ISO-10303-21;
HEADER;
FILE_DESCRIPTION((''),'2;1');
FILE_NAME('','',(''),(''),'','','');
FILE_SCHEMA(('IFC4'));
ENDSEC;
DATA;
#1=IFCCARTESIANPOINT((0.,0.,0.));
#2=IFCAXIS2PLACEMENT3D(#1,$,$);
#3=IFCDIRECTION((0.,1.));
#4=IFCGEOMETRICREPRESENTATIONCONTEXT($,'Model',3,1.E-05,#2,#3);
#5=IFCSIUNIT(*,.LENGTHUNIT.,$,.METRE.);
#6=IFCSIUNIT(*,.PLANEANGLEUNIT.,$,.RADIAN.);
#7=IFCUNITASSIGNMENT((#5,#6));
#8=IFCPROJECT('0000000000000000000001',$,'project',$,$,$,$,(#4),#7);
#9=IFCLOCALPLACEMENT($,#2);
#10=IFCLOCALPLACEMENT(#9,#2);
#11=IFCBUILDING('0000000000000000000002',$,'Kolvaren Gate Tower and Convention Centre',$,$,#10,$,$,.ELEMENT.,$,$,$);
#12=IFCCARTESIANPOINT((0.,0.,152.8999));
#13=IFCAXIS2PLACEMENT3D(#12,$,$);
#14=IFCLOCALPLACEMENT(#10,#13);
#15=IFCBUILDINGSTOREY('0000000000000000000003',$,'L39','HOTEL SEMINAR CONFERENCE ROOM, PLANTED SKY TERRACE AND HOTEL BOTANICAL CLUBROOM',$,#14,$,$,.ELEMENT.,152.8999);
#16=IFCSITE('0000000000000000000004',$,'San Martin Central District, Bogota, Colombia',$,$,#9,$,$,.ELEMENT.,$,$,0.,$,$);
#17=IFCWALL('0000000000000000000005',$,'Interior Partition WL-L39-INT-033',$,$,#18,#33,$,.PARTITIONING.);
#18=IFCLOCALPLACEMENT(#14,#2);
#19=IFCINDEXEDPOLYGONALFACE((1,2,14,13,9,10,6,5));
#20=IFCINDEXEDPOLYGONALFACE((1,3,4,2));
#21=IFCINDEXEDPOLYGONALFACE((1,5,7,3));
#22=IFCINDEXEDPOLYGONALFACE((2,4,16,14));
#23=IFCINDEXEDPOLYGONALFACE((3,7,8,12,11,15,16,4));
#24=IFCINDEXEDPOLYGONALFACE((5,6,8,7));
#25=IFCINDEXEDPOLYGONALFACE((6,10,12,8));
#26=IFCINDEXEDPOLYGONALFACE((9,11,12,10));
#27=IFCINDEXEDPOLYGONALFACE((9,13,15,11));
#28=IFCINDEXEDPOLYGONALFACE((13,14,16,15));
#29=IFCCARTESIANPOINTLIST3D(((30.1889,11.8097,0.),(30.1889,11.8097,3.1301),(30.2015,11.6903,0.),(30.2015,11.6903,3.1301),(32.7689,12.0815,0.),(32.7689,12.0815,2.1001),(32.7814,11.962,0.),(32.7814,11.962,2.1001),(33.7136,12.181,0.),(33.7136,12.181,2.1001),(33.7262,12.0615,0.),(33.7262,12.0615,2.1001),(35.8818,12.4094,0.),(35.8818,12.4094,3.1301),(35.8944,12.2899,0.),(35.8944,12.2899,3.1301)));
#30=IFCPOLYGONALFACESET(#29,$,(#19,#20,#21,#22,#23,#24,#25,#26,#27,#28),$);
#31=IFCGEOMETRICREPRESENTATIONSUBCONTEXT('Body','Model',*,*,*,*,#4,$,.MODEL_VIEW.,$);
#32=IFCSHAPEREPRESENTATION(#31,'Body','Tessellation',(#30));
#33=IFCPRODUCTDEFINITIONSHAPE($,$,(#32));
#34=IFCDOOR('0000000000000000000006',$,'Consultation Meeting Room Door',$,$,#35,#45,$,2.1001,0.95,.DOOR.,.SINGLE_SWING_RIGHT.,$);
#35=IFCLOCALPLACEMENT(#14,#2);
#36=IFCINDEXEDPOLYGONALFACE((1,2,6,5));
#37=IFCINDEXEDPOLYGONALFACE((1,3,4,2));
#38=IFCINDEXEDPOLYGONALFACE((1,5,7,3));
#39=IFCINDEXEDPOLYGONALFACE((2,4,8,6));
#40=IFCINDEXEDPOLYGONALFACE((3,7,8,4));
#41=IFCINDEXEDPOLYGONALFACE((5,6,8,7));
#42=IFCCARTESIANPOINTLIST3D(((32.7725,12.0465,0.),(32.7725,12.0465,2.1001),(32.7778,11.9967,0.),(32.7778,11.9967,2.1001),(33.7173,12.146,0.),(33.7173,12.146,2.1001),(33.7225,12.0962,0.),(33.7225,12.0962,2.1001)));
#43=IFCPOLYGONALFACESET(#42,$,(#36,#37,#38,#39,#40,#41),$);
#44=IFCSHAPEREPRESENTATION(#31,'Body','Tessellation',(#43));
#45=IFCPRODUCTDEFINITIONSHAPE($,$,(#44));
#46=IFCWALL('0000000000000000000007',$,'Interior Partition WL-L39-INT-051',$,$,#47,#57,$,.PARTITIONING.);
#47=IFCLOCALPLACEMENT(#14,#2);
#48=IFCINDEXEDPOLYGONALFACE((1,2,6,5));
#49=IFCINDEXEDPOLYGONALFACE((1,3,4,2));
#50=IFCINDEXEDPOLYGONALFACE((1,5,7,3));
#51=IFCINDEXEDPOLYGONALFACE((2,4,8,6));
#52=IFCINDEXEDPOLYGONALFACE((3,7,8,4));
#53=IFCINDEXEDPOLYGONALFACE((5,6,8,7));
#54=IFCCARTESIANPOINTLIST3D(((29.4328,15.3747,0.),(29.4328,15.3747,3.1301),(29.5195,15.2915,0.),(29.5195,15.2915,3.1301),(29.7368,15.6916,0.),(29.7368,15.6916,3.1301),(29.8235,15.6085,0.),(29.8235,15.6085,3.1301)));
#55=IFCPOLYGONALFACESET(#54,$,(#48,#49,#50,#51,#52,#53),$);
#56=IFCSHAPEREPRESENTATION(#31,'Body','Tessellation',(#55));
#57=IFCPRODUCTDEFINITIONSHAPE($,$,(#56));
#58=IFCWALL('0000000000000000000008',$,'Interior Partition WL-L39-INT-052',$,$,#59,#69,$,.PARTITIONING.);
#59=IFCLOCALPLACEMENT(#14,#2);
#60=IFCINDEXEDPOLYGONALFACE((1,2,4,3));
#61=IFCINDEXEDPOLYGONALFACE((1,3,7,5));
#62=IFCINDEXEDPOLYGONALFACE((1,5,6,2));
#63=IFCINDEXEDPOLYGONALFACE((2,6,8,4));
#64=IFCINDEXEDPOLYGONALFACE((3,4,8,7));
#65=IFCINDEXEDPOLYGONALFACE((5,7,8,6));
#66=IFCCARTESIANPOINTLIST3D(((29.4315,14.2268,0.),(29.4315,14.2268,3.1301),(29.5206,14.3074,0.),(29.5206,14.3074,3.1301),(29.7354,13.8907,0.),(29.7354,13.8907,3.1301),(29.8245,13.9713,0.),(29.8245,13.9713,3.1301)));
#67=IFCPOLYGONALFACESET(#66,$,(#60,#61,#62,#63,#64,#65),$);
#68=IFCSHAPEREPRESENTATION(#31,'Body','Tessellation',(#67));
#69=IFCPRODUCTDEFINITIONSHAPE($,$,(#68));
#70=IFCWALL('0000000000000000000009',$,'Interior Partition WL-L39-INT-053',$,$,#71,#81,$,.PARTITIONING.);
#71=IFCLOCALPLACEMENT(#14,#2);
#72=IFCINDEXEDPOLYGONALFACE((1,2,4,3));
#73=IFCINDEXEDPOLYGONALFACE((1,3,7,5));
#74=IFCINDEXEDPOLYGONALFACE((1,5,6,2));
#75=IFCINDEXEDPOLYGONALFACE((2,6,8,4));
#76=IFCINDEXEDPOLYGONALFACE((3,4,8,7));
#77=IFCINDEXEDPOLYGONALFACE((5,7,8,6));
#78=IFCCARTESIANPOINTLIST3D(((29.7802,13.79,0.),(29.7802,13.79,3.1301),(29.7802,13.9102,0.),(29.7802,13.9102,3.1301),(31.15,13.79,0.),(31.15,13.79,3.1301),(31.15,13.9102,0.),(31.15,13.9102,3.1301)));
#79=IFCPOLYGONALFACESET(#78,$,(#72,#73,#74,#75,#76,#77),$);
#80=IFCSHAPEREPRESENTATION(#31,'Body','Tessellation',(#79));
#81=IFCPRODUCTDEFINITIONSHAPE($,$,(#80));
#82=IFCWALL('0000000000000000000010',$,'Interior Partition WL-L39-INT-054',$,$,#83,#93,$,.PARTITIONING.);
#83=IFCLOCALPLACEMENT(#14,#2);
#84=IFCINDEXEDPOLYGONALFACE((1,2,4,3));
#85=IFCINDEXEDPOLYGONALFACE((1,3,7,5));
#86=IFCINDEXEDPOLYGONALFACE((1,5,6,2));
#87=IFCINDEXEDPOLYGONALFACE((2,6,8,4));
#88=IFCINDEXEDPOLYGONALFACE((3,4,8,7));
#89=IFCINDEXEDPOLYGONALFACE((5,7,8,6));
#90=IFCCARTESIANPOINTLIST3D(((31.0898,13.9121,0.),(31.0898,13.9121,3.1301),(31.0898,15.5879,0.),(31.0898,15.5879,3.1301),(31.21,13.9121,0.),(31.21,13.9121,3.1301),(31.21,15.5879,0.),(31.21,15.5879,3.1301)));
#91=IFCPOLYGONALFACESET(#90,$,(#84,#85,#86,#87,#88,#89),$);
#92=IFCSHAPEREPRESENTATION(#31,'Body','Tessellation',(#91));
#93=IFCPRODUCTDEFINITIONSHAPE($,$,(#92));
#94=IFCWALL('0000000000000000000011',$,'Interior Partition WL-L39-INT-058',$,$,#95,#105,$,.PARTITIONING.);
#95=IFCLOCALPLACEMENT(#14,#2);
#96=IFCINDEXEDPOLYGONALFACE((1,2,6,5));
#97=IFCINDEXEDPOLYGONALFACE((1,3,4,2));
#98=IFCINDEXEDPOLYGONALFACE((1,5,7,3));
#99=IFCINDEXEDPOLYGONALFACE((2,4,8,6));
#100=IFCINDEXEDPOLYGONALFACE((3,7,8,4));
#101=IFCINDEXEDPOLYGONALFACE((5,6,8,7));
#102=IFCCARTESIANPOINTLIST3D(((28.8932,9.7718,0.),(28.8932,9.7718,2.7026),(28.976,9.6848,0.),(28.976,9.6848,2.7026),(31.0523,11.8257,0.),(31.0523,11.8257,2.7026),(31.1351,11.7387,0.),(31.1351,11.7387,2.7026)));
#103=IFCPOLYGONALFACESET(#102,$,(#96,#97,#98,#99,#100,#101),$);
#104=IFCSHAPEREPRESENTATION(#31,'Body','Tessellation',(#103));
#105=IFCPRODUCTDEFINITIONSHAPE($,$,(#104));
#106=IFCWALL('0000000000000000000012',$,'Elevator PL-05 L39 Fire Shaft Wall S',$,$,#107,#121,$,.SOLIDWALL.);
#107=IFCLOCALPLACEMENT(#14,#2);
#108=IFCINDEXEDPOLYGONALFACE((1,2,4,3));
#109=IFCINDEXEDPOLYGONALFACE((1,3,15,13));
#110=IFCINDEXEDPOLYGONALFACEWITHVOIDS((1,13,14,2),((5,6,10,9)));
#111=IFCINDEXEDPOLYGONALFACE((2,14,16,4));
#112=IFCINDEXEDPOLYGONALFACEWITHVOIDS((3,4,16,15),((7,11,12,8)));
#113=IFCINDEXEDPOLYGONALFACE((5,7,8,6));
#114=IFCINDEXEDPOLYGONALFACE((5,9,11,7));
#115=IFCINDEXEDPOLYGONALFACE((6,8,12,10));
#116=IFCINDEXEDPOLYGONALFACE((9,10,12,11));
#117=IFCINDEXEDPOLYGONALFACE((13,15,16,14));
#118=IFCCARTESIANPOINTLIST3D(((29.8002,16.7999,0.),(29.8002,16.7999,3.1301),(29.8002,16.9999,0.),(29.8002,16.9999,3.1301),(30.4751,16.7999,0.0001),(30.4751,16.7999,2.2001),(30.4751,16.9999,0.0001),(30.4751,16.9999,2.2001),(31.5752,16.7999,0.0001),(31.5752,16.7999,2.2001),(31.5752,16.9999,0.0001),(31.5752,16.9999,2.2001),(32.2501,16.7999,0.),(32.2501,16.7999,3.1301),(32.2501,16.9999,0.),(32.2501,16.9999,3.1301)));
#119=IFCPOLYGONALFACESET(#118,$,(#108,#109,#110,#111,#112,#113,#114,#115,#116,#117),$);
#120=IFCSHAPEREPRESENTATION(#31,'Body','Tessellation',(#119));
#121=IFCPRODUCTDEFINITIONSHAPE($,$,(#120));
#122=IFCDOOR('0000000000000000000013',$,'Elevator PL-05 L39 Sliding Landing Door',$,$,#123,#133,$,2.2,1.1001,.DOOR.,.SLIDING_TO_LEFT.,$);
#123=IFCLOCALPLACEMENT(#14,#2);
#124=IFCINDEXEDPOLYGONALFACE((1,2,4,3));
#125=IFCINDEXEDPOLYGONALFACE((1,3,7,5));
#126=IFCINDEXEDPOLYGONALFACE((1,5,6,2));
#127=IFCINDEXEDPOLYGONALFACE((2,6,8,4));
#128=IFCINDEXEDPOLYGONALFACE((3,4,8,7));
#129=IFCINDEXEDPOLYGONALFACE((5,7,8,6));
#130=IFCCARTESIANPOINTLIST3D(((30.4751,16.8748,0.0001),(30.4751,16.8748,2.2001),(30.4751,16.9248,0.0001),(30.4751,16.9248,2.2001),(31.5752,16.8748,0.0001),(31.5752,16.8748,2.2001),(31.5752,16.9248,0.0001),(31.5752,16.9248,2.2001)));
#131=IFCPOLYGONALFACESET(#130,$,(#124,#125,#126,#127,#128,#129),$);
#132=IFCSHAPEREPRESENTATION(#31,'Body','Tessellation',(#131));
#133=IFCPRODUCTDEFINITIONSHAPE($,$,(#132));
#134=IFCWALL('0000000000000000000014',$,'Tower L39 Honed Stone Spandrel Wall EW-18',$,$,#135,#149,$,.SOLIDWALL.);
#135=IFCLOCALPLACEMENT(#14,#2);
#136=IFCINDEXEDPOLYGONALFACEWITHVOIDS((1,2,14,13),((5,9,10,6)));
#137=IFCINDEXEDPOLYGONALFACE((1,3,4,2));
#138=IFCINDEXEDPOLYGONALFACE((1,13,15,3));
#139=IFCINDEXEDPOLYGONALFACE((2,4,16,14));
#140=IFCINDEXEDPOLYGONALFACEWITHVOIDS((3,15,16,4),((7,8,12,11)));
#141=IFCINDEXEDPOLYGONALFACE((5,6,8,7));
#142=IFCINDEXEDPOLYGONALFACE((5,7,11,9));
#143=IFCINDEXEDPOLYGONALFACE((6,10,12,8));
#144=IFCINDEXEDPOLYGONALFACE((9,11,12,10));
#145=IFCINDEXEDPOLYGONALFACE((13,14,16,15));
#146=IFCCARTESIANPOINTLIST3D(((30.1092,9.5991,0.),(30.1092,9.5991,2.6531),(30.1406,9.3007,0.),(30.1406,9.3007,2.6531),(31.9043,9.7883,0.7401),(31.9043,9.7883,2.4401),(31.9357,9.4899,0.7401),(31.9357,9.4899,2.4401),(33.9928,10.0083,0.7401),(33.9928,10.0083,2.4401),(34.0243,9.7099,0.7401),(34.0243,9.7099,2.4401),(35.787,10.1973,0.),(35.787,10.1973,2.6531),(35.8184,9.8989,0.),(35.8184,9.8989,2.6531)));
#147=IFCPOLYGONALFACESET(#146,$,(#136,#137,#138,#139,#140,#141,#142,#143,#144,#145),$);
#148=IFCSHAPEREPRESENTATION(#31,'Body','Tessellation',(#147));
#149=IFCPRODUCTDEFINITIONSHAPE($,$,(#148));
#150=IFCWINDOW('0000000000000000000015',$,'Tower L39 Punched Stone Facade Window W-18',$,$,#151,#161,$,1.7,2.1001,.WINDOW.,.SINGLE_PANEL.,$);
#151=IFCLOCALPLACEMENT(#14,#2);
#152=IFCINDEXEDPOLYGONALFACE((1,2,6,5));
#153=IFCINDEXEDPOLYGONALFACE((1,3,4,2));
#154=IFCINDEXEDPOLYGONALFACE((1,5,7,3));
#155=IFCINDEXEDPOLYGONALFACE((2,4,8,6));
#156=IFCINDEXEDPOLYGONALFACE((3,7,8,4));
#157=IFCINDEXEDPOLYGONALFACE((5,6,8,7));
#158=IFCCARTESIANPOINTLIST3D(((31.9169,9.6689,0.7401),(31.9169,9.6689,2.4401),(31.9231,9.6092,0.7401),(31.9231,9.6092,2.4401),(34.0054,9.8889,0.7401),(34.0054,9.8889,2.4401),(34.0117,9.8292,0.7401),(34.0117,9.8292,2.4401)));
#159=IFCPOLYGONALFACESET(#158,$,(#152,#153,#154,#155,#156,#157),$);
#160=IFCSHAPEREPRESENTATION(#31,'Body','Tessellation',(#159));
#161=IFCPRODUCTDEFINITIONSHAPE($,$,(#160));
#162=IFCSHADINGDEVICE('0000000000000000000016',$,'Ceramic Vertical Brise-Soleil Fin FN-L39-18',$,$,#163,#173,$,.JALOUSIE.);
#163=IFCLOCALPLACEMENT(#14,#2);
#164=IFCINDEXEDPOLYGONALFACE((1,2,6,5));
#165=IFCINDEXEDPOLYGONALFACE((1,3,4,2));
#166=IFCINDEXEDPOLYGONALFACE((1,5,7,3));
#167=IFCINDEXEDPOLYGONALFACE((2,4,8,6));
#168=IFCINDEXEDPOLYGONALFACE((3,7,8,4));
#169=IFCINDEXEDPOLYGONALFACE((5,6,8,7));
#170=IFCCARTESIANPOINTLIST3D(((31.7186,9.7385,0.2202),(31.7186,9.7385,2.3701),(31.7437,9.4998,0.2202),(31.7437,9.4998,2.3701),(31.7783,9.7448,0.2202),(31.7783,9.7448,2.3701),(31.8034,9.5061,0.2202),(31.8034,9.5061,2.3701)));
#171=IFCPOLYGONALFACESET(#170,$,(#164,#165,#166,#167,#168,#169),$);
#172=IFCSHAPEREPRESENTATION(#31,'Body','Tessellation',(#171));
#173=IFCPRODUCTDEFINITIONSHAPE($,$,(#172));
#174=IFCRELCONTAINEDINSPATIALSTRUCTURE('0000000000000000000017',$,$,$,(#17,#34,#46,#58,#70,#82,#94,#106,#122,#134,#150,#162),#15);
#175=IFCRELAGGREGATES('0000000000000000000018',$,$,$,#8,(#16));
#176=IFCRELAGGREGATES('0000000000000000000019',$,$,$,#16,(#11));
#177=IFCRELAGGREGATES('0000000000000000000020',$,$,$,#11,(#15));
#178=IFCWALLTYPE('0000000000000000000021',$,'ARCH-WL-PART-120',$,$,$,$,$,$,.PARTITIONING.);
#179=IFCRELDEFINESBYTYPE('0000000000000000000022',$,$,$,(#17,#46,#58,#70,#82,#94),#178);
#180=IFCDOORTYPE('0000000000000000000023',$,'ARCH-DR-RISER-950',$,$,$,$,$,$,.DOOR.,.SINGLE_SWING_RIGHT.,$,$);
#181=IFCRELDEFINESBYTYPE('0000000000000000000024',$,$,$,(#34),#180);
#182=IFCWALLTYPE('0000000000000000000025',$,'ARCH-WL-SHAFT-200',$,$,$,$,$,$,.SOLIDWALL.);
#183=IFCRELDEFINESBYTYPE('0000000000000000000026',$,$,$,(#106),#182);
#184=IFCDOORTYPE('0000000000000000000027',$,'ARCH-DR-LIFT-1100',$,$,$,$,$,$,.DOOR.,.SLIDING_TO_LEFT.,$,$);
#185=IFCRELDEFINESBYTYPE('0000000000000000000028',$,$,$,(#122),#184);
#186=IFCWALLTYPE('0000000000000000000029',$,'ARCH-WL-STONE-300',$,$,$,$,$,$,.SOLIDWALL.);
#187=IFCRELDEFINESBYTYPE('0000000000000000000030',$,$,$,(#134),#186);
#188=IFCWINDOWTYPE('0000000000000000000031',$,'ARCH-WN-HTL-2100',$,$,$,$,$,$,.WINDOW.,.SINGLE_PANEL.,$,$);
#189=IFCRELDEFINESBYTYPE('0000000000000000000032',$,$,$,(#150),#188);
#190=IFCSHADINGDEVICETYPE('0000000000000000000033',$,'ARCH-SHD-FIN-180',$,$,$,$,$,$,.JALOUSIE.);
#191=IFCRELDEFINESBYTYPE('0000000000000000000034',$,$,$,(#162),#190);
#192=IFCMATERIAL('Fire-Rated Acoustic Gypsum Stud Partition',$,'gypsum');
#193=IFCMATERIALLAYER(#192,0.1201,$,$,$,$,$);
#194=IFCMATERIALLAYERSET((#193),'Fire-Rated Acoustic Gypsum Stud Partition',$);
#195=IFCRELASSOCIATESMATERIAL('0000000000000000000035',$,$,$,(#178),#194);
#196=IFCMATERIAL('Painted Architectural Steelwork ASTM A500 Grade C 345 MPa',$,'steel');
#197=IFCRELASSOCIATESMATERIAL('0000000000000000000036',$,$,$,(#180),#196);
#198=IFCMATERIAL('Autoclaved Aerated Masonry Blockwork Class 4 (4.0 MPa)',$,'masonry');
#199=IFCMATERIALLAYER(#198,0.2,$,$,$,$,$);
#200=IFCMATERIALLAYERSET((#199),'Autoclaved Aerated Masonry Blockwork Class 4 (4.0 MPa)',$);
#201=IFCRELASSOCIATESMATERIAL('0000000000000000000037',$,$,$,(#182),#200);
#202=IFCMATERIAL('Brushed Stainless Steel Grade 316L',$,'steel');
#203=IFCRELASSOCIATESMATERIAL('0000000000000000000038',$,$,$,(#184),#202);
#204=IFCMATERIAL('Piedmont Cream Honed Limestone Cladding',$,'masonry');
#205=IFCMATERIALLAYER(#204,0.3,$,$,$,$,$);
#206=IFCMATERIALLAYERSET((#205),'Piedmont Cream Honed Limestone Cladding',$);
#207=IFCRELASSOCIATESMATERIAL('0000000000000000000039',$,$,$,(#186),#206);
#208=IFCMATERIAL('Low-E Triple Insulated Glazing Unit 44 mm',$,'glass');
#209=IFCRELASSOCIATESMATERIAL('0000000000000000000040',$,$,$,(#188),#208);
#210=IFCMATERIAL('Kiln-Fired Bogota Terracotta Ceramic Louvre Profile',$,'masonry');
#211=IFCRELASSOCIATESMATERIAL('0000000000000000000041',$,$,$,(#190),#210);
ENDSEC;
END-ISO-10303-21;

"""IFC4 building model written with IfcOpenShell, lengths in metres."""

from ifc_helpers import new_model, si_unit, direction, frame, frame_2d, origin, origin_2d, place, context, subcontext, project, spatial, rectangle, extrude, material, layer, layer_set, type_object, element, fill, save


model = new_model("IFC4")

# Units and contexts
model_context = context("Model", 3, precision=1e-05, world=origin(), true_north=direction((0.0, 1.0)))
body_context = subcontext(model_context, "Body", "Model", "MODEL_VIEW")
ifc_project = project(units=[si_unit("LENGTHUNIT", "METRE"), si_unit("PLANEANGLEUNIT", "RADIAN")], contexts=[model_context])

# Site, building, storey
site_placement = place(None, origin())
site = spatial("IfcSite", under=ifc_project, at=site_placement, Name="San Martin Central District, Bogota, Colombia", CompositionType="ELEMENT", RefElevation=0.0)
building_placement = place(site_placement, origin())
building = spatial("IfcBuilding", under=site, at=building_placement, Name="Kolvaren Gate Tower and Convention Centre", CompositionType="ELEMENT")
storey_placement = place(building_placement, frame((0.0, 0.0, 152.8999)))
storey = spatial("IfcBuildingStorey", under=building, at=storey_placement, Name="L39", Description="HOTEL SEMINAR CONFERENCE ROOM, PLANTED SKY TERRACE AND HOTEL BOTANICAL CLUBROOM", CompositionType="ELEMENT", Elevation=152.8999)

# Shared definitions
ifc_material_1 = material(Name="Fire-Rated Acoustic Gypsum Stud Partition", Category="gypsum")
ifc_layer_1 = layer(ifc_material_1, 0.1201)
ifc_layer_set_1 = layer_set([ifc_layer_1], Name="Fire-Rated Acoustic Gypsum Stud Partition")
wall_type_1 = type_object("IfcWallType", Name="ARCH-WL-PART-120", PredefinedType="PARTITIONING", material=ifc_layer_set_1)

# Wall, opening, door
wall_1_placement = place(storey_placement, frame((30.1951, 11.75, 0.0), z_axis=(0.0, 0.0, 1.0), x_axis=(0.994499, 0.104747, 0.0)))
wall_1 = element("IfcWall", 1, at=wall_1_placement, inside=storey, type_object=wall_type_1, Name="Interior Partition WL-L39-INT-033", PredefinedType="PARTITIONING", context=body_context, shape_type="SweptSolid", body=[
    extrude(rectangle(XDim=5.7244, YDim=0.1201, at=frame_2d((2.8623, 0.0))), origin(), (0.0, 0.0, 1.0), 3.1301),
])
opening_1_placement = place(wall_1_placement, frame((2.5942, 0.0, 0.0)))
opening_1 = element("IfcOpeningElement", 2, at=opening_1_placement, cuts=wall_1, PredefinedType="OPENING", context=body_context, shape_type="SweptSolid", body=[
    extrude(rectangle(XDim=0.95, YDim=2.1001, at=frame_2d((0.4751, 1.05))), frame((0.0, 0.0701, 0.0), z_axis=(0.0, -1.0, 0.0), x_axis=(1.0, 0.0, 0.0)), (0.0, 0.0, 1.0), 0.1401),
])
ifc_material_2 = material(Name="Painted Architectural Steelwork ASTM A500 Grade C 345 MPa", Category="steel")
door_type_1 = type_object("IfcDoorType", Name="ARCH-DR-RISER-950", OperationType="SINGLE_SWING_RIGHT", PredefinedType="DOOR", material=ifc_material_2)
door_1_placement = place(opening_1_placement, origin())
door_1 = element("IfcDoor", 3, at=door_1_placement, inside=storey, type_object=door_type_1, Name="Consultation Meeting Room Door", OperationType="SINGLE_SWING_RIGHT", OverallHeight=2.1001, OverallWidth=0.95, PredefinedType="DOOR", context=body_context, shape_type="SweptSolid", body=[
    extrude(rectangle(XDim=0.95, YDim=2.1001, at=frame_2d((0.4751, 1.05))), frame((0.0, 0.0249, 0.0), z_axis=(0.0, -1.0, 0.0), x_axis=(1.0, 0.0, 0.0)), (0.0, 0.0, 1.0), 0.05),
])
fill(opening_1, door_1)

# Walls
wall_2_placement = place(storey_placement, frame((29.4761, 15.333, 0.0), z_axis=(0.0, 0.0, 1.0), x_axis=(0.692219, 0.721687, 0.0)))
element("IfcWall", 4, at=wall_2_placement, inside=storey, type_object=wall_type_1, Name="Interior Partition WL-L39-INT-051", PredefinedType="PARTITIONING", context=body_context, shape_type="SweptSolid", body=[
    extrude(rectangle(XDim=0.4392, YDim=0.1201, at=frame_2d((0.2197, 0.0))), origin(), (0.0, 0.0, 1.0), 3.1301),
])
wall_3_placement = place(storey_placement, frame((29.4761, 14.2671, 0.0), z_axis=(0.0, 0.0, 1.0), x_axis=(0.670659, -0.741765, 0.0)))
element("IfcWall", 5, at=wall_3_placement, inside=storey, type_object=wall_type_1, Name="Interior Partition WL-L39-INT-052", PredefinedType="PARTITIONING", context=body_context, shape_type="SweptSolid", body=[
    extrude(rectangle(XDim=0.4531, YDim=0.1201, at=frame_2d((0.2266, 0.0))), origin(), (0.0, 0.0, 1.0), 3.1301),
])
wall_4_placement = place(storey_placement, frame((29.78, 13.8501, 0.0), z_axis=(0.0, 0.0, 1.0), x_axis=(1.0, 0.0, 0.0)))
element("IfcWall", 6, at=wall_4_placement, inside=storey, type_object=wall_type_1, Name="Interior Partition WL-L39-INT-053", PredefinedType="PARTITIONING", context=body_context, shape_type="SweptSolid", body=[
    extrude(rectangle(XDim=1.3699, YDim=0.1201, at=frame_2d((0.6851, 0.0))), origin(), (0.0, 0.0, 1.0), 3.1301),
])
wall_5_placement = place(storey_placement, frame((31.1499, 13.9121, 0.0), z_axis=(0.0, 0.0, 1.0), x_axis=(0.0, 1.0, 0.0)))
element("IfcWall", 7, at=wall_5_placement, inside=storey, type_object=wall_type_1, Name="Interior Partition WL-L39-INT-054", PredefinedType="PARTITIONING", context=body_context, shape_type="SweptSolid", body=[
    extrude(rectangle(XDim=1.6758, YDim=0.1201, at=frame_2d((0.8379, 0.0))), origin(), (0.0, 0.0, 1.0), 3.1301),
])
wall_6_placement = place(storey_placement, frame((28.9346, 9.7283, 0.0), z_axis=(0.0, 0.0, 1.0), x_axis=(0.724541, 0.689232, 0.0)))
element("IfcWall", 8, at=wall_6_placement, inside=storey, type_object=wall_type_1, Name="Interior Partition WL-L39-INT-058", PredefinedType="PARTITIONING", context=body_context, shape_type="SweptSolid", body=[
    extrude(rectangle(XDim=2.98, YDim=0.1201, at=frame_2d((1.49, 0.0))), origin(), (0.0, 0.0, 1.0), 2.7026),
])

# Wall, opening, door
ifc_material_3 = material(Name="Autoclaved Aerated Masonry Blockwork Class 4 (4.0 MPa)", Category="masonry")
ifc_layer_2 = layer(ifc_material_3, 0.2)
ifc_layer_set_2 = layer_set([ifc_layer_2], Name="Autoclaved Aerated Masonry Blockwork Class 4 (4.0 MPa)")
wall_type_2 = type_object("IfcWallType", Name="ARCH-WL-SHAFT-200", PredefinedType="SOLIDWALL", material=ifc_layer_set_2)
wall_7_placement = place(storey_placement, frame((29.8, 16.8999, 0.0), z_axis=(0.0, 0.0, 1.0), x_axis=(1.0, 0.0, 0.0)))
wall_7 = element("IfcWall", 9, at=wall_7_placement, inside=storey, type_object=wall_type_2, Name="Elevator PL-05 L39 Fire Shaft Wall S", PredefinedType="SOLIDWALL", context=body_context, shape_type="SweptSolid", body=[
    extrude(rectangle(XDim=2.45, YDim=0.2, at=frame_2d((1.2251, 0.0))), origin(), (0.0, 0.0, 1.0), 3.1301),
])
opening_2_placement = place(wall_7_placement, frame((0.675, 0.0, 0.0)))
opening_2 = element("IfcOpeningElement", 10, at=opening_2_placement, cuts=wall_7, PredefinedType="OPENING", context=body_context, shape_type="SweptSolid", body=[
    extrude(rectangle(XDim=1.1001, YDim=2.2, at=frame_2d((0.55, 1.1001))), frame((0.0, 0.1099, 0.0), z_axis=(0.0, -1.0, 0.0), x_axis=(1.0, 0.0, 0.0)), (0.0, 0.0, 1.0), 0.22),
])
ifc_material_4 = material(Name="Brushed Stainless Steel Grade 316L", Category="steel")
door_type_2 = type_object("IfcDoorType", Name="ARCH-DR-LIFT-1100", OperationType="SLIDING_TO_LEFT", PredefinedType="DOOR", material=ifc_material_4)
door_2_placement = place(opening_2_placement, origin())
door_2 = element("IfcDoor", 11, at=door_2_placement, inside=storey, type_object=door_type_2, Name="Elevator PL-05 L39 Sliding Landing Door", OperationType="SLIDING_TO_LEFT", OverallHeight=2.2, OverallWidth=1.1001, PredefinedType="DOOR", context=body_context, shape_type="SweptSolid", body=[
    extrude(rectangle(XDim=1.1001, YDim=2.2, at=frame_2d((0.55, 1.1001))), frame((0.0, 0.0249, 0.0), z_axis=(0.0, -1.0, 0.0), x_axis=(1.0, 0.0, 0.0)), (0.0, 0.0, 1.0), 0.05),
])
fill(opening_2, door_2)

# Wall, opening, window
ifc_material_5 = material(Name="Piedmont Cream Honed Limestone Cladding", Category="masonry")
ifc_layer_3 = layer(ifc_material_5, 0.3)
ifc_layer_set_3 = layer_set([ifc_layer_3], Name="Piedmont Cream Honed Limestone Cladding")
wall_type_3 = type_object("IfcWallType", Name="ARCH-WL-STONE-300", PredefinedType="SOLIDWALL", material=ifc_layer_set_3)
wall_8_placement = place(storey_placement, frame((30.125, 9.45, 0.0), z_axis=(0.0, 0.0, 1.0), x_axis=(0.994497, 0.104769, 0.0)))
wall_8 = element("IfcWall", 12, at=wall_8_placement, inside=storey, type_object=wall_type_3, Name="Tower L39 Honed Stone Spandrel Wall EW-18", PredefinedType="SOLIDWALL", context=body_context, shape_type="SweptSolid", body=[
    extrude(rectangle(XDim=5.7092, YDim=0.3, at=frame_2d((2.8545, 0.0))), origin(), (0.0, 0.0, 1.0), 2.6531),
])
opening_3_placement = place(wall_8_placement, frame((1.8049, 0.0, 0.74)))
opening_3 = element("IfcOpeningElement", 13, at=opening_3_placement, cuts=wall_8, PredefinedType="OPENING", context=body_context, shape_type="SweptSolid", body=[
    extrude(rectangle(XDim=2.1001, YDim=1.7, at=frame_2d((1.05, 0.8501))), frame((0.0, 0.1599, 0.0), z_axis=(0.0, -1.0, 0.0), x_axis=(1.0, 0.0, 0.0)), (0.0, 0.0, 1.0), 0.3201),
])
ifc_material_6 = material(Name="Low-E Triple Insulated Glazing Unit 44 mm", Category="glass")
window_type = type_object("IfcWindowType", Name="ARCH-WN-HTL-2100", PartitioningType="SINGLE_PANEL", PredefinedType="WINDOW", material=ifc_material_6)
window_placement = place(opening_3_placement, origin())
window = element("IfcWindow", 14, at=window_placement, inside=storey, type_object=window_type, Name="Tower L39 Punched Stone Facade Window W-18", OverallHeight=1.7, OverallWidth=2.1001, PartitioningType="SINGLE_PANEL", PredefinedType="WINDOW", context=body_context, shape_type="SweptSolid", body=[
    extrude(rectangle(XDim=2.1001, YDim=1.7, at=frame_2d((1.05, 0.8501))), frame((0.0, 0.03, 0.0), z_axis=(0.0, -1.0, 0.0), x_axis=(1.0, 0.0, 0.0)), (0.0, 0.0, 1.0), 0.0601),
])
fill(opening_3, window)

# Shading device
ifc_material_7 = material(Name="Kiln-Fired Bogota Terracotta Ceramic Louvre Profile", Category="masonry")
shading_device_type = type_object("IfcShadingDeviceType", Name="ARCH-SHD-FIN-180", PredefinedType="JALOUSIE", material=ifc_material_7)
shading_device_placement = place(storey_placement, frame((31.761, 9.6223, 0.2202), z_axis=(0.0, 0.0, 1.0), x_axis=(0.994499, 0.104744, 0.0)))
element("IfcShadingDevice", 15, at=shading_device_placement, inside=storey, type_object=shading_device_type, Name="Ceramic Vertical Brise-Soleil Fin FN-L39-18", PredefinedType="JALOUSIE", context=body_context, shape_type="SweptSolid", body=[
    extrude(rectangle(XDim=0.0601, YDim=0.24, at=origin_2d()), origin(), (0.0, 0.0, 1.0), 2.1499),
])

save(model, "model.ifc")
